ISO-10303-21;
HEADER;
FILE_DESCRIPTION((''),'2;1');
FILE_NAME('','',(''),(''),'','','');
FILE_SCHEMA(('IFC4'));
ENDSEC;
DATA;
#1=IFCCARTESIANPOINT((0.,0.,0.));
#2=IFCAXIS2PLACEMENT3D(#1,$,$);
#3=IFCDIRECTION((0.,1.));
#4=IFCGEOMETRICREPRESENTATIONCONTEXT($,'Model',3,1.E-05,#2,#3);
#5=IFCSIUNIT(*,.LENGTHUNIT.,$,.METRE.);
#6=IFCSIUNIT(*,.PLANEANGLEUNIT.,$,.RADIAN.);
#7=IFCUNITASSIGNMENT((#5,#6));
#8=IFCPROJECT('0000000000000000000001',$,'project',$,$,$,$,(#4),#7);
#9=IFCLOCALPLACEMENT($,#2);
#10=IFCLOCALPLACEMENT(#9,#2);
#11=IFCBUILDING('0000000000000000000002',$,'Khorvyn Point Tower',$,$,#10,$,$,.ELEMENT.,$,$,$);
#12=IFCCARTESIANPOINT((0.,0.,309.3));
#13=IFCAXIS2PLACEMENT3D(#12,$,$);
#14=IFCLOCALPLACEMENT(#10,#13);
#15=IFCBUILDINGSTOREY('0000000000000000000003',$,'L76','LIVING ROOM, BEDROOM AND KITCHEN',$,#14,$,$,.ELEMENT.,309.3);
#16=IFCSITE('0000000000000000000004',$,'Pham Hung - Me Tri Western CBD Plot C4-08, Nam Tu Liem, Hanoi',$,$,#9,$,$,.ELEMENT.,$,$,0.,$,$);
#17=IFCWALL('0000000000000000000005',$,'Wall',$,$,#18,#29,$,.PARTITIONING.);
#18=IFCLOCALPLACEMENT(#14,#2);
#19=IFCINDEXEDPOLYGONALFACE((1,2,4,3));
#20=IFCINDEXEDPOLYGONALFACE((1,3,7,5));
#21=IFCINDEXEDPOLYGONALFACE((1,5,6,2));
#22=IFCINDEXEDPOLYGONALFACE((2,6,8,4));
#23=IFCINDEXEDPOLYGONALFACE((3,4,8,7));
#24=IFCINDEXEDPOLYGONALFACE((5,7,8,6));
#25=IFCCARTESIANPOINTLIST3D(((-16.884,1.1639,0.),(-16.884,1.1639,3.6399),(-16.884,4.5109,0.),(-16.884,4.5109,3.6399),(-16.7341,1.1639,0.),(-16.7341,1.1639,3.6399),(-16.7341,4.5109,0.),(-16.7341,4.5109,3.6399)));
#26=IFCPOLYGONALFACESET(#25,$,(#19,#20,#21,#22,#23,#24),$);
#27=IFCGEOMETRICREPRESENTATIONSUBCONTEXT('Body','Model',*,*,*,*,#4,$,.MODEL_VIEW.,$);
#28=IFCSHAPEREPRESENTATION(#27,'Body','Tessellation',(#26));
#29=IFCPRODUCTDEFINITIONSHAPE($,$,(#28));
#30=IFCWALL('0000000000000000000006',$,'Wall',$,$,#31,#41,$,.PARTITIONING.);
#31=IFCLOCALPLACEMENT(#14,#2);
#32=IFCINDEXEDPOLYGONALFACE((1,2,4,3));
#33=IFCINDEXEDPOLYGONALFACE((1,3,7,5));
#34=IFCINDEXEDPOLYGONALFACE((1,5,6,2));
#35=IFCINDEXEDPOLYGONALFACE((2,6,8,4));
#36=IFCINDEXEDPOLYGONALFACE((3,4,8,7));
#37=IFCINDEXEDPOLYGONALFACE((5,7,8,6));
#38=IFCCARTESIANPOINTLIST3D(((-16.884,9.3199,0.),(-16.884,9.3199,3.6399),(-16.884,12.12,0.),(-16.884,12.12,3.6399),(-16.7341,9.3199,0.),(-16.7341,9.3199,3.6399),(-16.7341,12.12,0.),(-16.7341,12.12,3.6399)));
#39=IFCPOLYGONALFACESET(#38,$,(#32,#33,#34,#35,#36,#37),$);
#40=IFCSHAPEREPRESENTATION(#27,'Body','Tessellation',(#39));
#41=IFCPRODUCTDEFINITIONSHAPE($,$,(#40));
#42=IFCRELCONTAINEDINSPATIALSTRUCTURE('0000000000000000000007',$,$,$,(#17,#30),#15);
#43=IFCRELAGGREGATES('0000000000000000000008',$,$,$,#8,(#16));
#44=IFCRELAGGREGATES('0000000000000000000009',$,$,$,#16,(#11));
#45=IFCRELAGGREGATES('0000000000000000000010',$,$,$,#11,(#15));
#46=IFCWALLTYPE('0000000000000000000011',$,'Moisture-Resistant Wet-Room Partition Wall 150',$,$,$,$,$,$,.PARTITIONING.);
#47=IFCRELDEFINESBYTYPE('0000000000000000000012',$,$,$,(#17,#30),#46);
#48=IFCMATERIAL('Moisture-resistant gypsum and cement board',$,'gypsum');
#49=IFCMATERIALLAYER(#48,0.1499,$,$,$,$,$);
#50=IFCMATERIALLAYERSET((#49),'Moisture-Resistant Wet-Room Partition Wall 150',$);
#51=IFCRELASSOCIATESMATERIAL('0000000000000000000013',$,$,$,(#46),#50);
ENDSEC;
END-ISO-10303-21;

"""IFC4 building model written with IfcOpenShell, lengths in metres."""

from ifc_helpers import new_model, si_unit, direction, frame, frame_2d, origin, place, context, subcontext, project, spatial, rectangle, extrude, material, layer, layer_set, type_object, element, save


model = new_model("IFC4")

# Units and contexts
model_context = context("Model", 3, precision=1e-05, world=origin(), true_north=direction((0.0, 1.0)))
body_context = subcontext(model_context, "Body", "Model", "MODEL_VIEW")
ifc_project = project(units=[si_unit("LENGTHUNIT", "METRE"), si_unit("PLANEANGLEUNIT", "RADIAN")], contexts=[model_context])

# Site, building, storey
site_placement = place(None, origin())
site = spatial("IfcSite", under=ifc_project, at=site_placement, Name="Pham Hung - Me Tri Western CBD Plot C4-08, Nam Tu Liem, Hanoi", CompositionType="ELEMENT", RefElevation=0.0)
building_placement = place(site_placement, origin())
building = spatial("IfcBuilding", under=site, at=building_placement, Name="Khorvyn Point Tower", CompositionType="ELEMENT")
storey_placement = place(building_placement, frame((0.0, 0.0, 309.3)))
storey = spatial("IfcBuildingStorey", under=building, at=storey_placement, Name="L76", Description="LIVING ROOM, BEDROOM AND KITCHEN", CompositionType="ELEMENT", Elevation=309.3)

# Shared definitions
ifc_material_1 = material(Name="Moisture-resistant gypsum and cement board", Category="gypsum")
ifc_layer_1 = layer(ifc_material_1, 0.1499)
ifc_layer_set_1 = layer_set([ifc_layer_1], Name="Moisture-Resistant Wet-Room Partition Wall 150")
wall_type_1 = type_object("IfcWallType", Name="Moisture-Resistant Wet-Room Partition Wall 150", PredefinedType="PARTITIONING", material=ifc_layer_set_1)

# Walls
wall_1_placement = place(storey_placement, frame((-16.8091, 1.1641, 0.0), z_axis=(0.0, 0.0, 1.0), x_axis=(0.0, 1.0, 0.0)))
element("IfcWall", 1, at=wall_1_placement, inside=storey, type_object=wall_type_1, Name="Wall", PredefinedType="PARTITIONING", context=body_context, shape_type="SweptSolid", body=[
    extrude(rectangle(XDim=3.3469, YDim=0.1499, at=frame_2d((1.6733, 0.0))), origin(), (0.0, 0.0, 1.0), 3.6399),
])
wall_2_placement = place(storey_placement, frame((-16.8091, 9.3201, 0.0), z_axis=(0.0, 0.0, 1.0), x_axis=(0.0, 1.0, 0.0)))
element("IfcWall", 2, at=wall_2_placement, inside=storey, type_object=wall_type_1, Name="Wall", PredefinedType="PARTITIONING", context=body_context, shape_type="SweptSolid", body=[
    extrude(rectangle(XDim=2.8, YDim=0.1499, at=frame_2d((1.3999, 0.0))), origin(), (0.0, 0.0, 1.0), 3.6399),
])

save(model, "model.ifc")
